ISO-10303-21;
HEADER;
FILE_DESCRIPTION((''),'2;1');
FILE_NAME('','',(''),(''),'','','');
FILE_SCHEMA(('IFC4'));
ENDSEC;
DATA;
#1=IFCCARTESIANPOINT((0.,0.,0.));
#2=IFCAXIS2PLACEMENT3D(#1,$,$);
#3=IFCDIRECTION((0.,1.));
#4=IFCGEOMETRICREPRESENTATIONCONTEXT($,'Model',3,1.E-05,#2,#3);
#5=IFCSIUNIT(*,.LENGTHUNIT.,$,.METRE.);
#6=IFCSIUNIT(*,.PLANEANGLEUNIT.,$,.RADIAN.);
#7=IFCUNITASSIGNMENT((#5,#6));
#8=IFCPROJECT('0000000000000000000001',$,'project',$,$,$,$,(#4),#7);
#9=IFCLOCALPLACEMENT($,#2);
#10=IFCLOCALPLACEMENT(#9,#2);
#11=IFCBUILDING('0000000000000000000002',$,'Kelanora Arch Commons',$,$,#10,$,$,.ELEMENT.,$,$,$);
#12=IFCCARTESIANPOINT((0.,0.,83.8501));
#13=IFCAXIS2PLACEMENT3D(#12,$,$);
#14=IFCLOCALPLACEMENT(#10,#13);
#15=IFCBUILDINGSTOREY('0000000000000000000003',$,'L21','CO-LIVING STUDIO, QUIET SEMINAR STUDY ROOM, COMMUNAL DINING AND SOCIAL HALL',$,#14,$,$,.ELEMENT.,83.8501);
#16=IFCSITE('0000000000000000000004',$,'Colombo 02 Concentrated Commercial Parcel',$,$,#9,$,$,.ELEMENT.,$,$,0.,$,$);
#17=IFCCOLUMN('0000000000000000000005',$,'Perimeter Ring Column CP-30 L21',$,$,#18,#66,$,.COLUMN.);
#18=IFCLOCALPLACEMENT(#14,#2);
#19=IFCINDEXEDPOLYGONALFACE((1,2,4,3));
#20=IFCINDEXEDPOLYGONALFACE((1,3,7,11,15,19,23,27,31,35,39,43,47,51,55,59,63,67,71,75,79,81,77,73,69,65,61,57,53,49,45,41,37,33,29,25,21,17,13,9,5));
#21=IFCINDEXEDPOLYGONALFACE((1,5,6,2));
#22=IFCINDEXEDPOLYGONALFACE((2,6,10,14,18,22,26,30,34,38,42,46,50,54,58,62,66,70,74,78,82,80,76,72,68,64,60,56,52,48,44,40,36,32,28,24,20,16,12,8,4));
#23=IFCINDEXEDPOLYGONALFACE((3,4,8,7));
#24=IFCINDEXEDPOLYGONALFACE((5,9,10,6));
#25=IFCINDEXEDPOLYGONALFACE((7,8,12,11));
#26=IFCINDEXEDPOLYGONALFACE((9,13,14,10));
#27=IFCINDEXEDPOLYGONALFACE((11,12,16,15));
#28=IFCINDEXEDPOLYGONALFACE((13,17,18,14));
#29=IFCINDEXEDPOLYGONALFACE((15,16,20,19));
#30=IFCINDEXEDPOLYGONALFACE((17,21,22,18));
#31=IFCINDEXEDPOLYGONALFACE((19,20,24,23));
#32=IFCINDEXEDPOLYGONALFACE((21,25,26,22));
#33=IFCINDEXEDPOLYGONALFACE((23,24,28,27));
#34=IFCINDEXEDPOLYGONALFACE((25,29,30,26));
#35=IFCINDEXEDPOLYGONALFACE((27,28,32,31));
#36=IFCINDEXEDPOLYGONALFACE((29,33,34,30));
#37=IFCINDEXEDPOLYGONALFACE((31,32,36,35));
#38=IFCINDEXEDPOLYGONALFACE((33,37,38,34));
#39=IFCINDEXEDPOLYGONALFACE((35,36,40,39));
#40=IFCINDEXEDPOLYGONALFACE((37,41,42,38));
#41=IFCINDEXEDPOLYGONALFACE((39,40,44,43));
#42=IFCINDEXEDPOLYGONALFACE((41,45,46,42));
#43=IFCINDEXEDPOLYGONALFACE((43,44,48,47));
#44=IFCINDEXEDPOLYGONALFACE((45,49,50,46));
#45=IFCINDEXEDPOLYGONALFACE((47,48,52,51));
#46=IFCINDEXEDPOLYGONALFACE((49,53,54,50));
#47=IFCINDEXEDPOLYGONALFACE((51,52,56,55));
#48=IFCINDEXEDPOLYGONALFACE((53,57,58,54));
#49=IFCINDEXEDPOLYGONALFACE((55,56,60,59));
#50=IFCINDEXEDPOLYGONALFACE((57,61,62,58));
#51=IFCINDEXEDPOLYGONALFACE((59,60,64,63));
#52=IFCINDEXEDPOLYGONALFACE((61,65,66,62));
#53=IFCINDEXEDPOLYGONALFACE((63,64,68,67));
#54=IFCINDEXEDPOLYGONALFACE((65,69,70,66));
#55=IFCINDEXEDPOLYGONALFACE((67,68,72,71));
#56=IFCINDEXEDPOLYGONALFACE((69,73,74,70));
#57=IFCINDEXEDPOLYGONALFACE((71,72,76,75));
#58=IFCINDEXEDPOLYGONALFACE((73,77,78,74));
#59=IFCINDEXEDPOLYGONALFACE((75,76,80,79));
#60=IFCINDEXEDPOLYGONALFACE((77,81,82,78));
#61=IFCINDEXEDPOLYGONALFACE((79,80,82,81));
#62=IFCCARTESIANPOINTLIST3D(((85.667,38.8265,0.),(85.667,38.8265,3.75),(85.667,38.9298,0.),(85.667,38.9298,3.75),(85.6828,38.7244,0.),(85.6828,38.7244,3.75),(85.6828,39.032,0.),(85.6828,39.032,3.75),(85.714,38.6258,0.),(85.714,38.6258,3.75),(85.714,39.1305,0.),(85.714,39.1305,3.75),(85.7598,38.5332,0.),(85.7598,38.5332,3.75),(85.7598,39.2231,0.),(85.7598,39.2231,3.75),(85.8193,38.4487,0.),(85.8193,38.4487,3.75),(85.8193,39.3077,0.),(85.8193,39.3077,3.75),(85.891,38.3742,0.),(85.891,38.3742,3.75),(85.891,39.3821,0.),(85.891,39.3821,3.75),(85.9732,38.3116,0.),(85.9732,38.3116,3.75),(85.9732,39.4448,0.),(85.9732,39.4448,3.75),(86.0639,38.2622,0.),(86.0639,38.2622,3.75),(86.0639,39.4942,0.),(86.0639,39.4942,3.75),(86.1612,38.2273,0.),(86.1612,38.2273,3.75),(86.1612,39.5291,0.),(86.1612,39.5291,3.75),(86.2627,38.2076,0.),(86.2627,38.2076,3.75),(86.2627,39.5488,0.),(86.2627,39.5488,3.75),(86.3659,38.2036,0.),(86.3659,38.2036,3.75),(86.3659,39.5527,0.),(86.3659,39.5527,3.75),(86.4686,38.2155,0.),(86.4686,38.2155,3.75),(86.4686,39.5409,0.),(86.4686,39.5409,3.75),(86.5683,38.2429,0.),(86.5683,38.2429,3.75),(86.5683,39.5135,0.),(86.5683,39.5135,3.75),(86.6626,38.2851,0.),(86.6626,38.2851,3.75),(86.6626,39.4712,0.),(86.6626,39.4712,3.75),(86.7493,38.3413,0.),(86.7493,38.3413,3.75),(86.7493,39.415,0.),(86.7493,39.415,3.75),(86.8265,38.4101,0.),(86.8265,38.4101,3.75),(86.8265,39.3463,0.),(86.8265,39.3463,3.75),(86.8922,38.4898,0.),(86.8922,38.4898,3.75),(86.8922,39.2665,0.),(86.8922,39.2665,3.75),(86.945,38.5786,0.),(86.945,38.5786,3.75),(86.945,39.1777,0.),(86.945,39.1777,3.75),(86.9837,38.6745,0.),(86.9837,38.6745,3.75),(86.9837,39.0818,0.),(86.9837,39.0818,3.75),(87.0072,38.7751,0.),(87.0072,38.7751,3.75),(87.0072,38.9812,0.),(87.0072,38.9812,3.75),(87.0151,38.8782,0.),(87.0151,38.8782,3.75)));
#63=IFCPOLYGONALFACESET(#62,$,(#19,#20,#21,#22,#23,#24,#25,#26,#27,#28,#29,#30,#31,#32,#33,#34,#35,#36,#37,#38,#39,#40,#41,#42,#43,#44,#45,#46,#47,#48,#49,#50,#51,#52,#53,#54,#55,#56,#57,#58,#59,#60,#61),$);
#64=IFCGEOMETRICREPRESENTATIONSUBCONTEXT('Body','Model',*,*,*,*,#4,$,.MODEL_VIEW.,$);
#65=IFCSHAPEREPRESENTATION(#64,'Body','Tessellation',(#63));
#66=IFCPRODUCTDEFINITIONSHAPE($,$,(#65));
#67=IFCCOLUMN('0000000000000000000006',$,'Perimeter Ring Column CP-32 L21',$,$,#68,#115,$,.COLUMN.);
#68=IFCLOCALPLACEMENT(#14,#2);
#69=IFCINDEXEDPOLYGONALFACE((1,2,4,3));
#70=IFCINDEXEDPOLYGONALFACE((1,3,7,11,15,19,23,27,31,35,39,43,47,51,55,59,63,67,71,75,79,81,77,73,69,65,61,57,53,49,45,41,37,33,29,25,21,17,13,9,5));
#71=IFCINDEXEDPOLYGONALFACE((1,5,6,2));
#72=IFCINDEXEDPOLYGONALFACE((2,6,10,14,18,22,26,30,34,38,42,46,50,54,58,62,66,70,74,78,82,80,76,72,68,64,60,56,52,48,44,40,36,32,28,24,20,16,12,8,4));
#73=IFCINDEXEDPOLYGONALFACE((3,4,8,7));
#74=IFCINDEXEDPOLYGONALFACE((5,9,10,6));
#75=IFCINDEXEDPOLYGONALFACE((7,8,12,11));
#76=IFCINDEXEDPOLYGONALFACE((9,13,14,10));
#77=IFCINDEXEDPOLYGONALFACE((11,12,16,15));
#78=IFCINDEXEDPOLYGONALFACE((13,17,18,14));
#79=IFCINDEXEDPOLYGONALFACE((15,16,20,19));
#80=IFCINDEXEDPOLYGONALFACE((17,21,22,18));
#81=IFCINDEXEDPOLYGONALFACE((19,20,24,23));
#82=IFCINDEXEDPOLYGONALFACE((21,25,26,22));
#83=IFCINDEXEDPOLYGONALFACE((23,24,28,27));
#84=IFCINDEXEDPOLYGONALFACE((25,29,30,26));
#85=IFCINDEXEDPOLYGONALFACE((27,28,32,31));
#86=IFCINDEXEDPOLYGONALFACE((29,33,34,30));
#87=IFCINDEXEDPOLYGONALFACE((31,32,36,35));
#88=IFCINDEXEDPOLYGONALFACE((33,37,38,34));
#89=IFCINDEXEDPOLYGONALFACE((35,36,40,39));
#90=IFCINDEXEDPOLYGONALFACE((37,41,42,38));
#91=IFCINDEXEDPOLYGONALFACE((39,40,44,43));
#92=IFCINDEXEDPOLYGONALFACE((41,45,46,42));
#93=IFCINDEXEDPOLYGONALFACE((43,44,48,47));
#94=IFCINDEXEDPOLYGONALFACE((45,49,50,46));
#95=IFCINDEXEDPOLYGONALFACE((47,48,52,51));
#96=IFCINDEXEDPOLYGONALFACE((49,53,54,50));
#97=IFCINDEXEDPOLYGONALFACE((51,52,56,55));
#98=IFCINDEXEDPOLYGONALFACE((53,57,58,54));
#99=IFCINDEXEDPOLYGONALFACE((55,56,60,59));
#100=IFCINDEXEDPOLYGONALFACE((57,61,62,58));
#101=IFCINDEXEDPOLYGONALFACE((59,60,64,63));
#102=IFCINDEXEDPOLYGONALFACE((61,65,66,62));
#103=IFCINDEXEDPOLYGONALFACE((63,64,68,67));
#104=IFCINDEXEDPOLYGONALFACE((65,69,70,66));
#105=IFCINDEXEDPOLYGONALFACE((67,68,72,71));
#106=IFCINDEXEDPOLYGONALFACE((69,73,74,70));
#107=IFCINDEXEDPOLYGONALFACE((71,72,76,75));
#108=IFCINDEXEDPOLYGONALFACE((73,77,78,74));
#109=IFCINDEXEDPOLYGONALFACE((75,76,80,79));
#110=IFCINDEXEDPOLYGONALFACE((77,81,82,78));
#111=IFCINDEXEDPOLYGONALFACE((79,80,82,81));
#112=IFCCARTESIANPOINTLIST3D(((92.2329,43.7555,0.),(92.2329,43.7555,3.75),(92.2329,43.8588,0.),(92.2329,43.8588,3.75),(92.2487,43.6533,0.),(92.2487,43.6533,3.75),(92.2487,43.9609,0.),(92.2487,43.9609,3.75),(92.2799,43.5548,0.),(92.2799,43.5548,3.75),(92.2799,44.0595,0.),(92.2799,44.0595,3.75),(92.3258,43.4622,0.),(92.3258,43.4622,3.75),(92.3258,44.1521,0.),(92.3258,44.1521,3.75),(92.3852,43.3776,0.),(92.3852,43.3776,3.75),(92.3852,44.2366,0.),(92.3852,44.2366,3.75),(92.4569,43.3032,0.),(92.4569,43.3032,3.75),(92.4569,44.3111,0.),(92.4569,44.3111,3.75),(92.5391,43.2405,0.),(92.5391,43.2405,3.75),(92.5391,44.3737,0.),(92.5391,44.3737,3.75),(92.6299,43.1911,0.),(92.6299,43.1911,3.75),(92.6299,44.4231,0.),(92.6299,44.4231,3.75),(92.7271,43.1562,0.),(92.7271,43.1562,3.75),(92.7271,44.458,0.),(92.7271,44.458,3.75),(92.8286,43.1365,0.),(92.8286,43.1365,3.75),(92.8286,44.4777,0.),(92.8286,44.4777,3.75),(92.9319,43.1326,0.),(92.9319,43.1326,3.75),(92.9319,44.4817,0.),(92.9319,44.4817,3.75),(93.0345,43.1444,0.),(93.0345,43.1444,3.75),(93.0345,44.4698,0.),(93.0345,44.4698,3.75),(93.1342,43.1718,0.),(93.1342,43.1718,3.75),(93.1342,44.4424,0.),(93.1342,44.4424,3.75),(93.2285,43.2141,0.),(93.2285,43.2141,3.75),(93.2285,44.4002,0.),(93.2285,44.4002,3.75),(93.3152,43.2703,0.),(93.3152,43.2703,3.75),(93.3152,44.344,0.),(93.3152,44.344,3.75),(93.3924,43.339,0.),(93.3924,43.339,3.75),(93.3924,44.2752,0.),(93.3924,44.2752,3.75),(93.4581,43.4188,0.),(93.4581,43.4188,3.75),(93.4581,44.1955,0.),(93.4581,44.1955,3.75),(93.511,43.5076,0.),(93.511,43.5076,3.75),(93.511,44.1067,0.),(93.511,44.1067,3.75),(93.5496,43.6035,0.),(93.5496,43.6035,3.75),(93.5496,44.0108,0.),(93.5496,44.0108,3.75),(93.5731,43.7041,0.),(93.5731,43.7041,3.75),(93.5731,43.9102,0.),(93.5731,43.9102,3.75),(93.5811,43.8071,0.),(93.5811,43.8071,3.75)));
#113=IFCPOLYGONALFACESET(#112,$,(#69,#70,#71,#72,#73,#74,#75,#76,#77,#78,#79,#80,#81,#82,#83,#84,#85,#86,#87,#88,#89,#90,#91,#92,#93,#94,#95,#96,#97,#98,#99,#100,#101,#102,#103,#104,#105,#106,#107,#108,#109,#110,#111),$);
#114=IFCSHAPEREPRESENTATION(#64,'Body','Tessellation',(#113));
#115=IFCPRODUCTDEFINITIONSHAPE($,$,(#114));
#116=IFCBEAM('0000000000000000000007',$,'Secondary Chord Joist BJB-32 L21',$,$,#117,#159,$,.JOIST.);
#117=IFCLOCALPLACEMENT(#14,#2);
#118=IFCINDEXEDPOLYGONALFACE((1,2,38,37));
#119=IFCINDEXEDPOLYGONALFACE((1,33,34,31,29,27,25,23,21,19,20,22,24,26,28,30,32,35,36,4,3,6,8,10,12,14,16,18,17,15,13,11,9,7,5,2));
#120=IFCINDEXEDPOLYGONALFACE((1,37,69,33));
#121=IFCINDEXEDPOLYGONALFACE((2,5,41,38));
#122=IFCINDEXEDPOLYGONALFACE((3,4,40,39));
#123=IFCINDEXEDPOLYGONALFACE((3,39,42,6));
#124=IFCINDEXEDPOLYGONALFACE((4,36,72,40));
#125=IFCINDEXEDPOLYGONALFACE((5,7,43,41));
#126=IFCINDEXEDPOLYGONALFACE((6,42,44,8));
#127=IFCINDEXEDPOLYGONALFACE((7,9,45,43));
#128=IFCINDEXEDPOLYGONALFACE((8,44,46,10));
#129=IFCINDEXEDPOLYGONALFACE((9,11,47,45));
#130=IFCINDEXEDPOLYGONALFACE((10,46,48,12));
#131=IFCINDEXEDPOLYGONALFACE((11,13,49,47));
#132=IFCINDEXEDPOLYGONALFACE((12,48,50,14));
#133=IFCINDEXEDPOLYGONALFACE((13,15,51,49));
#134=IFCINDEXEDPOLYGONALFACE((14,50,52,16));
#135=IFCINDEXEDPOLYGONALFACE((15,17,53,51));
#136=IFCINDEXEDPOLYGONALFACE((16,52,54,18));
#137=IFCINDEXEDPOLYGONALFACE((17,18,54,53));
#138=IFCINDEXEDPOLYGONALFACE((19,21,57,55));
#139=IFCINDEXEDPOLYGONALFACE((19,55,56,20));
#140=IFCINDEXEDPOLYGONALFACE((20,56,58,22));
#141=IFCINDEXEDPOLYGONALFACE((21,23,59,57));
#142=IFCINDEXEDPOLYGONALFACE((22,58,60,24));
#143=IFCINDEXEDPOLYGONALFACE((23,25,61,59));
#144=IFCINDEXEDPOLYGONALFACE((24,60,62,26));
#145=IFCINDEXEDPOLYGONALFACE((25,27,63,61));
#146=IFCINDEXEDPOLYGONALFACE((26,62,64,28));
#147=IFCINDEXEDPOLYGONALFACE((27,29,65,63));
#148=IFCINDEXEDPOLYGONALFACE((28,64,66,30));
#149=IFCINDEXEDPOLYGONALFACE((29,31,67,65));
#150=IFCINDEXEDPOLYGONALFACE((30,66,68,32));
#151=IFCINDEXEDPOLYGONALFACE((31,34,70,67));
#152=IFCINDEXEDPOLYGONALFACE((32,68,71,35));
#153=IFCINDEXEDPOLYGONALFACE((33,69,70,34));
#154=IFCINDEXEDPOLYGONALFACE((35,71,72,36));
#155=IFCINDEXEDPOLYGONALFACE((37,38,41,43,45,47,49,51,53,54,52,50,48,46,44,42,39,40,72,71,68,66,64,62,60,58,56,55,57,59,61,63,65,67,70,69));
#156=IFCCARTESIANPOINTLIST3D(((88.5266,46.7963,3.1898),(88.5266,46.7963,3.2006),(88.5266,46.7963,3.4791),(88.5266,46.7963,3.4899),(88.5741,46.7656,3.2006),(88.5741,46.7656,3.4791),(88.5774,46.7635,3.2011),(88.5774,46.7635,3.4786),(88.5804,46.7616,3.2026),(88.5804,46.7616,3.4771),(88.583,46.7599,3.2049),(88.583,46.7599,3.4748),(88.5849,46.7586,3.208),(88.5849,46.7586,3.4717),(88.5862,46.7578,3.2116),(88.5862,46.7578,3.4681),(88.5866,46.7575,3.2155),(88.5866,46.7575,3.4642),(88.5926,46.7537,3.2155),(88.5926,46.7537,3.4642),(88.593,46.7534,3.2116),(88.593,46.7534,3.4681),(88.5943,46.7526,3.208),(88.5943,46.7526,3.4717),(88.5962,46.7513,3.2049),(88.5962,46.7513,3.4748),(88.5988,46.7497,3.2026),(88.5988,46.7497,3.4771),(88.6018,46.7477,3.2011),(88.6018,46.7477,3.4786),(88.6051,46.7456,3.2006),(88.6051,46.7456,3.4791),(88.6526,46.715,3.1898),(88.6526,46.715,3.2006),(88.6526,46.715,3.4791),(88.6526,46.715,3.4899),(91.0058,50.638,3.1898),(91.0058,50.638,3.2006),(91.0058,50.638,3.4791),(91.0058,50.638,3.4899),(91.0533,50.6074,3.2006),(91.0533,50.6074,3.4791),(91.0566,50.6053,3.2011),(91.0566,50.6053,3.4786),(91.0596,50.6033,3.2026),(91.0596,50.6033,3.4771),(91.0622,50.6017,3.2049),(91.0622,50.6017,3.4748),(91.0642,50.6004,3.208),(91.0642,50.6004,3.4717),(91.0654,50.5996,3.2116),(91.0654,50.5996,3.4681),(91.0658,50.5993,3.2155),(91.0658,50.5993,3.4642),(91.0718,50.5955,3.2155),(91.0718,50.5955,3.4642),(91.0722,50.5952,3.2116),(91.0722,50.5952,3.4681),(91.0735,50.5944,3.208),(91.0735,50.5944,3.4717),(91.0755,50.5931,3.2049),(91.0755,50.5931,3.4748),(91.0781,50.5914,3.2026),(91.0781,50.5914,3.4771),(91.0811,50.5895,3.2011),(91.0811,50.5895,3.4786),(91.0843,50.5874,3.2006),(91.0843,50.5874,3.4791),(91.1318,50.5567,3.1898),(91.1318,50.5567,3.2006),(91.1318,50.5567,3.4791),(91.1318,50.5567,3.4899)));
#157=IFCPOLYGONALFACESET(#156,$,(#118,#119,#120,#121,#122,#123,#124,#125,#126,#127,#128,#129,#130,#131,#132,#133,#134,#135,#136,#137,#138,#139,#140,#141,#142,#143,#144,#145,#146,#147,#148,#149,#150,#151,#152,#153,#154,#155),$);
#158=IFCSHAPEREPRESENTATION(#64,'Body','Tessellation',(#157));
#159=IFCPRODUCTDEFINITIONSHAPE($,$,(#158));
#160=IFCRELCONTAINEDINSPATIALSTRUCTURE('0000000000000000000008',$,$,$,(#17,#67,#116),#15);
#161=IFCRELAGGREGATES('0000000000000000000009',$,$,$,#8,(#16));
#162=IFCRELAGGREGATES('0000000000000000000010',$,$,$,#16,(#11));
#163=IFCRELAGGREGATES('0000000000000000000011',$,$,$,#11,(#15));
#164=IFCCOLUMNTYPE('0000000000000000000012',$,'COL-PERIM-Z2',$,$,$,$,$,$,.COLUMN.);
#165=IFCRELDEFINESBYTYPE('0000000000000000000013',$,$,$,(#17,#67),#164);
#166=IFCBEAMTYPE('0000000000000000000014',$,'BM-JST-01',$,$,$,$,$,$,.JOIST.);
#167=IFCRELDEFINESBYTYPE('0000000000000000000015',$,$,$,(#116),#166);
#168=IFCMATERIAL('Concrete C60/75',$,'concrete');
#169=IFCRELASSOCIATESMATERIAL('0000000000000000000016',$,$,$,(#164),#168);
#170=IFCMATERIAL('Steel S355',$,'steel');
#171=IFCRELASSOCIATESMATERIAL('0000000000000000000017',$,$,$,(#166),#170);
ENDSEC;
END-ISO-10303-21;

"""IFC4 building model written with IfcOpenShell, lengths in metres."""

from ifc_helpers import new_model, si_unit, direction, frame, origin, origin_2d, place, context, subcontext, project, spatial, circle, i_section, extrude, material, material_profile, profile_set, type_object, element, save


model = new_model("IFC4")

# Units and contexts
model_context = context("Model", 3, precision=1e-05, world=origin(), true_north=direction((0.0, 1.0)))
body_context = subcontext(model_context, "Body", "Model", "MODEL_VIEW")
ifc_project = project(units=[si_unit("LENGTHUNIT", "METRE"), si_unit("PLANEANGLEUNIT", "RADIAN")], contexts=[model_context])

# Site, building, storey
site_placement = place(None, origin())
site = spatial("IfcSite", under=ifc_project, at=site_placement, Name="Colombo 02 Concentrated Commercial Parcel", CompositionType="ELEMENT", RefElevation=0.0)
building_placement = place(site_placement, origin())
building = spatial("IfcBuilding", under=site, at=building_placement, Name="Kelanora Arch Commons", CompositionType="ELEMENT")
storey_placement = place(building_placement, frame((0.0, 0.0, 83.8501)))
storey = spatial("IfcBuildingStorey", under=building, at=storey_placement, Name="L21", Description="CO-LIVING STUDIO, QUIET SEMINAR STUDY ROOM, COMMUNAL DINING AND SOCIAL HALL", CompositionType="ELEMENT", Elevation=83.8501)

# Columns
ifc_material_1 = material(Name="Concrete C60/75", Category="concrete")
ifc_material_profile_1 = material_profile(ifc_material_1, circle(Radius=0.675, at=origin_2d()), Name="RCC1350")
ifc_profile_set_1 = profile_set([ifc_material_profile_1], Name="Concrete C60/75")
column_type = type_object("IfcColumnType", Name="COL-PERIM-Z2", PredefinedType="COLUMN", material=ifc_profile_set_1)
for number, where, z_axis, x_axis, name in (
    (1, (86.3401, 38.8782, 0.0), (0.0, 0.0, 1.0), (1.0, 0.0, 0.0), "Perimeter Ring Column CP-30 L21"),
    (2, (92.906, 43.8071, 0.0), (0.0, 0.0, 1.0), (1.0, 0.0, 0.0), "Perimeter Ring Column CP-32 L21"),
):
    element("IfcColumn", number, at=place(storey_placement, frame(where, z_axis=z_axis, x_axis=x_axis)), inside=storey, type_object=column_type, Name=name, PredefinedType="COLUMN", context=body_context, shape_type="SweptSolid", body=[
        extrude(circle(Radius=0.675, at=origin_2d()), origin(), (0.0, 0.0, 1.0), 3.75),
    ])

# Beam
ifc_material_2 = material(Name="Steel S355", Category="steel")
ifc_material_profile_2 = material_profile(ifc_material_2, i_section(OverallWidth=0.1499, OverallDepth=0.3, WebThickness=0.0071, FlangeThickness=0.0107, FilletRadius=0.0149, at=origin_2d()), Name="IPE300")
ifc_profile_set_2 = profile_set([ifc_material_profile_2], Name="Steel S355")
beam_type_1 = type_object("IfcBeamType", Name="BM-JST-01", PredefinedType="JOIST", material=ifc_profile_set_2)
beam_1_placement = place(storey_placement, frame((88.5896, 46.7556, 3.3398), z_axis=(0.54223, 0.84023, 0.0), x_axis=(-0.84023, 0.54223, 0.0)))
element("IfcBeam", 3, at=beam_1_placement, inside=storey, type_object=beam_type_1, Name="Secondary Chord Joist BJB-32 L21", PredefinedType="JOIST", context=body_context, shape_type="SweptSolid", body=[
    extrude(i_section(OverallWidth=0.1499, OverallDepth=0.3, WebThickness=0.0071, FlangeThickness=0.0107, FilletRadius=0.0149, at=origin_2d()), origin(), (0.0, 0.0, 1.0), 4.5723),
])

save(model, "model.ifc")
